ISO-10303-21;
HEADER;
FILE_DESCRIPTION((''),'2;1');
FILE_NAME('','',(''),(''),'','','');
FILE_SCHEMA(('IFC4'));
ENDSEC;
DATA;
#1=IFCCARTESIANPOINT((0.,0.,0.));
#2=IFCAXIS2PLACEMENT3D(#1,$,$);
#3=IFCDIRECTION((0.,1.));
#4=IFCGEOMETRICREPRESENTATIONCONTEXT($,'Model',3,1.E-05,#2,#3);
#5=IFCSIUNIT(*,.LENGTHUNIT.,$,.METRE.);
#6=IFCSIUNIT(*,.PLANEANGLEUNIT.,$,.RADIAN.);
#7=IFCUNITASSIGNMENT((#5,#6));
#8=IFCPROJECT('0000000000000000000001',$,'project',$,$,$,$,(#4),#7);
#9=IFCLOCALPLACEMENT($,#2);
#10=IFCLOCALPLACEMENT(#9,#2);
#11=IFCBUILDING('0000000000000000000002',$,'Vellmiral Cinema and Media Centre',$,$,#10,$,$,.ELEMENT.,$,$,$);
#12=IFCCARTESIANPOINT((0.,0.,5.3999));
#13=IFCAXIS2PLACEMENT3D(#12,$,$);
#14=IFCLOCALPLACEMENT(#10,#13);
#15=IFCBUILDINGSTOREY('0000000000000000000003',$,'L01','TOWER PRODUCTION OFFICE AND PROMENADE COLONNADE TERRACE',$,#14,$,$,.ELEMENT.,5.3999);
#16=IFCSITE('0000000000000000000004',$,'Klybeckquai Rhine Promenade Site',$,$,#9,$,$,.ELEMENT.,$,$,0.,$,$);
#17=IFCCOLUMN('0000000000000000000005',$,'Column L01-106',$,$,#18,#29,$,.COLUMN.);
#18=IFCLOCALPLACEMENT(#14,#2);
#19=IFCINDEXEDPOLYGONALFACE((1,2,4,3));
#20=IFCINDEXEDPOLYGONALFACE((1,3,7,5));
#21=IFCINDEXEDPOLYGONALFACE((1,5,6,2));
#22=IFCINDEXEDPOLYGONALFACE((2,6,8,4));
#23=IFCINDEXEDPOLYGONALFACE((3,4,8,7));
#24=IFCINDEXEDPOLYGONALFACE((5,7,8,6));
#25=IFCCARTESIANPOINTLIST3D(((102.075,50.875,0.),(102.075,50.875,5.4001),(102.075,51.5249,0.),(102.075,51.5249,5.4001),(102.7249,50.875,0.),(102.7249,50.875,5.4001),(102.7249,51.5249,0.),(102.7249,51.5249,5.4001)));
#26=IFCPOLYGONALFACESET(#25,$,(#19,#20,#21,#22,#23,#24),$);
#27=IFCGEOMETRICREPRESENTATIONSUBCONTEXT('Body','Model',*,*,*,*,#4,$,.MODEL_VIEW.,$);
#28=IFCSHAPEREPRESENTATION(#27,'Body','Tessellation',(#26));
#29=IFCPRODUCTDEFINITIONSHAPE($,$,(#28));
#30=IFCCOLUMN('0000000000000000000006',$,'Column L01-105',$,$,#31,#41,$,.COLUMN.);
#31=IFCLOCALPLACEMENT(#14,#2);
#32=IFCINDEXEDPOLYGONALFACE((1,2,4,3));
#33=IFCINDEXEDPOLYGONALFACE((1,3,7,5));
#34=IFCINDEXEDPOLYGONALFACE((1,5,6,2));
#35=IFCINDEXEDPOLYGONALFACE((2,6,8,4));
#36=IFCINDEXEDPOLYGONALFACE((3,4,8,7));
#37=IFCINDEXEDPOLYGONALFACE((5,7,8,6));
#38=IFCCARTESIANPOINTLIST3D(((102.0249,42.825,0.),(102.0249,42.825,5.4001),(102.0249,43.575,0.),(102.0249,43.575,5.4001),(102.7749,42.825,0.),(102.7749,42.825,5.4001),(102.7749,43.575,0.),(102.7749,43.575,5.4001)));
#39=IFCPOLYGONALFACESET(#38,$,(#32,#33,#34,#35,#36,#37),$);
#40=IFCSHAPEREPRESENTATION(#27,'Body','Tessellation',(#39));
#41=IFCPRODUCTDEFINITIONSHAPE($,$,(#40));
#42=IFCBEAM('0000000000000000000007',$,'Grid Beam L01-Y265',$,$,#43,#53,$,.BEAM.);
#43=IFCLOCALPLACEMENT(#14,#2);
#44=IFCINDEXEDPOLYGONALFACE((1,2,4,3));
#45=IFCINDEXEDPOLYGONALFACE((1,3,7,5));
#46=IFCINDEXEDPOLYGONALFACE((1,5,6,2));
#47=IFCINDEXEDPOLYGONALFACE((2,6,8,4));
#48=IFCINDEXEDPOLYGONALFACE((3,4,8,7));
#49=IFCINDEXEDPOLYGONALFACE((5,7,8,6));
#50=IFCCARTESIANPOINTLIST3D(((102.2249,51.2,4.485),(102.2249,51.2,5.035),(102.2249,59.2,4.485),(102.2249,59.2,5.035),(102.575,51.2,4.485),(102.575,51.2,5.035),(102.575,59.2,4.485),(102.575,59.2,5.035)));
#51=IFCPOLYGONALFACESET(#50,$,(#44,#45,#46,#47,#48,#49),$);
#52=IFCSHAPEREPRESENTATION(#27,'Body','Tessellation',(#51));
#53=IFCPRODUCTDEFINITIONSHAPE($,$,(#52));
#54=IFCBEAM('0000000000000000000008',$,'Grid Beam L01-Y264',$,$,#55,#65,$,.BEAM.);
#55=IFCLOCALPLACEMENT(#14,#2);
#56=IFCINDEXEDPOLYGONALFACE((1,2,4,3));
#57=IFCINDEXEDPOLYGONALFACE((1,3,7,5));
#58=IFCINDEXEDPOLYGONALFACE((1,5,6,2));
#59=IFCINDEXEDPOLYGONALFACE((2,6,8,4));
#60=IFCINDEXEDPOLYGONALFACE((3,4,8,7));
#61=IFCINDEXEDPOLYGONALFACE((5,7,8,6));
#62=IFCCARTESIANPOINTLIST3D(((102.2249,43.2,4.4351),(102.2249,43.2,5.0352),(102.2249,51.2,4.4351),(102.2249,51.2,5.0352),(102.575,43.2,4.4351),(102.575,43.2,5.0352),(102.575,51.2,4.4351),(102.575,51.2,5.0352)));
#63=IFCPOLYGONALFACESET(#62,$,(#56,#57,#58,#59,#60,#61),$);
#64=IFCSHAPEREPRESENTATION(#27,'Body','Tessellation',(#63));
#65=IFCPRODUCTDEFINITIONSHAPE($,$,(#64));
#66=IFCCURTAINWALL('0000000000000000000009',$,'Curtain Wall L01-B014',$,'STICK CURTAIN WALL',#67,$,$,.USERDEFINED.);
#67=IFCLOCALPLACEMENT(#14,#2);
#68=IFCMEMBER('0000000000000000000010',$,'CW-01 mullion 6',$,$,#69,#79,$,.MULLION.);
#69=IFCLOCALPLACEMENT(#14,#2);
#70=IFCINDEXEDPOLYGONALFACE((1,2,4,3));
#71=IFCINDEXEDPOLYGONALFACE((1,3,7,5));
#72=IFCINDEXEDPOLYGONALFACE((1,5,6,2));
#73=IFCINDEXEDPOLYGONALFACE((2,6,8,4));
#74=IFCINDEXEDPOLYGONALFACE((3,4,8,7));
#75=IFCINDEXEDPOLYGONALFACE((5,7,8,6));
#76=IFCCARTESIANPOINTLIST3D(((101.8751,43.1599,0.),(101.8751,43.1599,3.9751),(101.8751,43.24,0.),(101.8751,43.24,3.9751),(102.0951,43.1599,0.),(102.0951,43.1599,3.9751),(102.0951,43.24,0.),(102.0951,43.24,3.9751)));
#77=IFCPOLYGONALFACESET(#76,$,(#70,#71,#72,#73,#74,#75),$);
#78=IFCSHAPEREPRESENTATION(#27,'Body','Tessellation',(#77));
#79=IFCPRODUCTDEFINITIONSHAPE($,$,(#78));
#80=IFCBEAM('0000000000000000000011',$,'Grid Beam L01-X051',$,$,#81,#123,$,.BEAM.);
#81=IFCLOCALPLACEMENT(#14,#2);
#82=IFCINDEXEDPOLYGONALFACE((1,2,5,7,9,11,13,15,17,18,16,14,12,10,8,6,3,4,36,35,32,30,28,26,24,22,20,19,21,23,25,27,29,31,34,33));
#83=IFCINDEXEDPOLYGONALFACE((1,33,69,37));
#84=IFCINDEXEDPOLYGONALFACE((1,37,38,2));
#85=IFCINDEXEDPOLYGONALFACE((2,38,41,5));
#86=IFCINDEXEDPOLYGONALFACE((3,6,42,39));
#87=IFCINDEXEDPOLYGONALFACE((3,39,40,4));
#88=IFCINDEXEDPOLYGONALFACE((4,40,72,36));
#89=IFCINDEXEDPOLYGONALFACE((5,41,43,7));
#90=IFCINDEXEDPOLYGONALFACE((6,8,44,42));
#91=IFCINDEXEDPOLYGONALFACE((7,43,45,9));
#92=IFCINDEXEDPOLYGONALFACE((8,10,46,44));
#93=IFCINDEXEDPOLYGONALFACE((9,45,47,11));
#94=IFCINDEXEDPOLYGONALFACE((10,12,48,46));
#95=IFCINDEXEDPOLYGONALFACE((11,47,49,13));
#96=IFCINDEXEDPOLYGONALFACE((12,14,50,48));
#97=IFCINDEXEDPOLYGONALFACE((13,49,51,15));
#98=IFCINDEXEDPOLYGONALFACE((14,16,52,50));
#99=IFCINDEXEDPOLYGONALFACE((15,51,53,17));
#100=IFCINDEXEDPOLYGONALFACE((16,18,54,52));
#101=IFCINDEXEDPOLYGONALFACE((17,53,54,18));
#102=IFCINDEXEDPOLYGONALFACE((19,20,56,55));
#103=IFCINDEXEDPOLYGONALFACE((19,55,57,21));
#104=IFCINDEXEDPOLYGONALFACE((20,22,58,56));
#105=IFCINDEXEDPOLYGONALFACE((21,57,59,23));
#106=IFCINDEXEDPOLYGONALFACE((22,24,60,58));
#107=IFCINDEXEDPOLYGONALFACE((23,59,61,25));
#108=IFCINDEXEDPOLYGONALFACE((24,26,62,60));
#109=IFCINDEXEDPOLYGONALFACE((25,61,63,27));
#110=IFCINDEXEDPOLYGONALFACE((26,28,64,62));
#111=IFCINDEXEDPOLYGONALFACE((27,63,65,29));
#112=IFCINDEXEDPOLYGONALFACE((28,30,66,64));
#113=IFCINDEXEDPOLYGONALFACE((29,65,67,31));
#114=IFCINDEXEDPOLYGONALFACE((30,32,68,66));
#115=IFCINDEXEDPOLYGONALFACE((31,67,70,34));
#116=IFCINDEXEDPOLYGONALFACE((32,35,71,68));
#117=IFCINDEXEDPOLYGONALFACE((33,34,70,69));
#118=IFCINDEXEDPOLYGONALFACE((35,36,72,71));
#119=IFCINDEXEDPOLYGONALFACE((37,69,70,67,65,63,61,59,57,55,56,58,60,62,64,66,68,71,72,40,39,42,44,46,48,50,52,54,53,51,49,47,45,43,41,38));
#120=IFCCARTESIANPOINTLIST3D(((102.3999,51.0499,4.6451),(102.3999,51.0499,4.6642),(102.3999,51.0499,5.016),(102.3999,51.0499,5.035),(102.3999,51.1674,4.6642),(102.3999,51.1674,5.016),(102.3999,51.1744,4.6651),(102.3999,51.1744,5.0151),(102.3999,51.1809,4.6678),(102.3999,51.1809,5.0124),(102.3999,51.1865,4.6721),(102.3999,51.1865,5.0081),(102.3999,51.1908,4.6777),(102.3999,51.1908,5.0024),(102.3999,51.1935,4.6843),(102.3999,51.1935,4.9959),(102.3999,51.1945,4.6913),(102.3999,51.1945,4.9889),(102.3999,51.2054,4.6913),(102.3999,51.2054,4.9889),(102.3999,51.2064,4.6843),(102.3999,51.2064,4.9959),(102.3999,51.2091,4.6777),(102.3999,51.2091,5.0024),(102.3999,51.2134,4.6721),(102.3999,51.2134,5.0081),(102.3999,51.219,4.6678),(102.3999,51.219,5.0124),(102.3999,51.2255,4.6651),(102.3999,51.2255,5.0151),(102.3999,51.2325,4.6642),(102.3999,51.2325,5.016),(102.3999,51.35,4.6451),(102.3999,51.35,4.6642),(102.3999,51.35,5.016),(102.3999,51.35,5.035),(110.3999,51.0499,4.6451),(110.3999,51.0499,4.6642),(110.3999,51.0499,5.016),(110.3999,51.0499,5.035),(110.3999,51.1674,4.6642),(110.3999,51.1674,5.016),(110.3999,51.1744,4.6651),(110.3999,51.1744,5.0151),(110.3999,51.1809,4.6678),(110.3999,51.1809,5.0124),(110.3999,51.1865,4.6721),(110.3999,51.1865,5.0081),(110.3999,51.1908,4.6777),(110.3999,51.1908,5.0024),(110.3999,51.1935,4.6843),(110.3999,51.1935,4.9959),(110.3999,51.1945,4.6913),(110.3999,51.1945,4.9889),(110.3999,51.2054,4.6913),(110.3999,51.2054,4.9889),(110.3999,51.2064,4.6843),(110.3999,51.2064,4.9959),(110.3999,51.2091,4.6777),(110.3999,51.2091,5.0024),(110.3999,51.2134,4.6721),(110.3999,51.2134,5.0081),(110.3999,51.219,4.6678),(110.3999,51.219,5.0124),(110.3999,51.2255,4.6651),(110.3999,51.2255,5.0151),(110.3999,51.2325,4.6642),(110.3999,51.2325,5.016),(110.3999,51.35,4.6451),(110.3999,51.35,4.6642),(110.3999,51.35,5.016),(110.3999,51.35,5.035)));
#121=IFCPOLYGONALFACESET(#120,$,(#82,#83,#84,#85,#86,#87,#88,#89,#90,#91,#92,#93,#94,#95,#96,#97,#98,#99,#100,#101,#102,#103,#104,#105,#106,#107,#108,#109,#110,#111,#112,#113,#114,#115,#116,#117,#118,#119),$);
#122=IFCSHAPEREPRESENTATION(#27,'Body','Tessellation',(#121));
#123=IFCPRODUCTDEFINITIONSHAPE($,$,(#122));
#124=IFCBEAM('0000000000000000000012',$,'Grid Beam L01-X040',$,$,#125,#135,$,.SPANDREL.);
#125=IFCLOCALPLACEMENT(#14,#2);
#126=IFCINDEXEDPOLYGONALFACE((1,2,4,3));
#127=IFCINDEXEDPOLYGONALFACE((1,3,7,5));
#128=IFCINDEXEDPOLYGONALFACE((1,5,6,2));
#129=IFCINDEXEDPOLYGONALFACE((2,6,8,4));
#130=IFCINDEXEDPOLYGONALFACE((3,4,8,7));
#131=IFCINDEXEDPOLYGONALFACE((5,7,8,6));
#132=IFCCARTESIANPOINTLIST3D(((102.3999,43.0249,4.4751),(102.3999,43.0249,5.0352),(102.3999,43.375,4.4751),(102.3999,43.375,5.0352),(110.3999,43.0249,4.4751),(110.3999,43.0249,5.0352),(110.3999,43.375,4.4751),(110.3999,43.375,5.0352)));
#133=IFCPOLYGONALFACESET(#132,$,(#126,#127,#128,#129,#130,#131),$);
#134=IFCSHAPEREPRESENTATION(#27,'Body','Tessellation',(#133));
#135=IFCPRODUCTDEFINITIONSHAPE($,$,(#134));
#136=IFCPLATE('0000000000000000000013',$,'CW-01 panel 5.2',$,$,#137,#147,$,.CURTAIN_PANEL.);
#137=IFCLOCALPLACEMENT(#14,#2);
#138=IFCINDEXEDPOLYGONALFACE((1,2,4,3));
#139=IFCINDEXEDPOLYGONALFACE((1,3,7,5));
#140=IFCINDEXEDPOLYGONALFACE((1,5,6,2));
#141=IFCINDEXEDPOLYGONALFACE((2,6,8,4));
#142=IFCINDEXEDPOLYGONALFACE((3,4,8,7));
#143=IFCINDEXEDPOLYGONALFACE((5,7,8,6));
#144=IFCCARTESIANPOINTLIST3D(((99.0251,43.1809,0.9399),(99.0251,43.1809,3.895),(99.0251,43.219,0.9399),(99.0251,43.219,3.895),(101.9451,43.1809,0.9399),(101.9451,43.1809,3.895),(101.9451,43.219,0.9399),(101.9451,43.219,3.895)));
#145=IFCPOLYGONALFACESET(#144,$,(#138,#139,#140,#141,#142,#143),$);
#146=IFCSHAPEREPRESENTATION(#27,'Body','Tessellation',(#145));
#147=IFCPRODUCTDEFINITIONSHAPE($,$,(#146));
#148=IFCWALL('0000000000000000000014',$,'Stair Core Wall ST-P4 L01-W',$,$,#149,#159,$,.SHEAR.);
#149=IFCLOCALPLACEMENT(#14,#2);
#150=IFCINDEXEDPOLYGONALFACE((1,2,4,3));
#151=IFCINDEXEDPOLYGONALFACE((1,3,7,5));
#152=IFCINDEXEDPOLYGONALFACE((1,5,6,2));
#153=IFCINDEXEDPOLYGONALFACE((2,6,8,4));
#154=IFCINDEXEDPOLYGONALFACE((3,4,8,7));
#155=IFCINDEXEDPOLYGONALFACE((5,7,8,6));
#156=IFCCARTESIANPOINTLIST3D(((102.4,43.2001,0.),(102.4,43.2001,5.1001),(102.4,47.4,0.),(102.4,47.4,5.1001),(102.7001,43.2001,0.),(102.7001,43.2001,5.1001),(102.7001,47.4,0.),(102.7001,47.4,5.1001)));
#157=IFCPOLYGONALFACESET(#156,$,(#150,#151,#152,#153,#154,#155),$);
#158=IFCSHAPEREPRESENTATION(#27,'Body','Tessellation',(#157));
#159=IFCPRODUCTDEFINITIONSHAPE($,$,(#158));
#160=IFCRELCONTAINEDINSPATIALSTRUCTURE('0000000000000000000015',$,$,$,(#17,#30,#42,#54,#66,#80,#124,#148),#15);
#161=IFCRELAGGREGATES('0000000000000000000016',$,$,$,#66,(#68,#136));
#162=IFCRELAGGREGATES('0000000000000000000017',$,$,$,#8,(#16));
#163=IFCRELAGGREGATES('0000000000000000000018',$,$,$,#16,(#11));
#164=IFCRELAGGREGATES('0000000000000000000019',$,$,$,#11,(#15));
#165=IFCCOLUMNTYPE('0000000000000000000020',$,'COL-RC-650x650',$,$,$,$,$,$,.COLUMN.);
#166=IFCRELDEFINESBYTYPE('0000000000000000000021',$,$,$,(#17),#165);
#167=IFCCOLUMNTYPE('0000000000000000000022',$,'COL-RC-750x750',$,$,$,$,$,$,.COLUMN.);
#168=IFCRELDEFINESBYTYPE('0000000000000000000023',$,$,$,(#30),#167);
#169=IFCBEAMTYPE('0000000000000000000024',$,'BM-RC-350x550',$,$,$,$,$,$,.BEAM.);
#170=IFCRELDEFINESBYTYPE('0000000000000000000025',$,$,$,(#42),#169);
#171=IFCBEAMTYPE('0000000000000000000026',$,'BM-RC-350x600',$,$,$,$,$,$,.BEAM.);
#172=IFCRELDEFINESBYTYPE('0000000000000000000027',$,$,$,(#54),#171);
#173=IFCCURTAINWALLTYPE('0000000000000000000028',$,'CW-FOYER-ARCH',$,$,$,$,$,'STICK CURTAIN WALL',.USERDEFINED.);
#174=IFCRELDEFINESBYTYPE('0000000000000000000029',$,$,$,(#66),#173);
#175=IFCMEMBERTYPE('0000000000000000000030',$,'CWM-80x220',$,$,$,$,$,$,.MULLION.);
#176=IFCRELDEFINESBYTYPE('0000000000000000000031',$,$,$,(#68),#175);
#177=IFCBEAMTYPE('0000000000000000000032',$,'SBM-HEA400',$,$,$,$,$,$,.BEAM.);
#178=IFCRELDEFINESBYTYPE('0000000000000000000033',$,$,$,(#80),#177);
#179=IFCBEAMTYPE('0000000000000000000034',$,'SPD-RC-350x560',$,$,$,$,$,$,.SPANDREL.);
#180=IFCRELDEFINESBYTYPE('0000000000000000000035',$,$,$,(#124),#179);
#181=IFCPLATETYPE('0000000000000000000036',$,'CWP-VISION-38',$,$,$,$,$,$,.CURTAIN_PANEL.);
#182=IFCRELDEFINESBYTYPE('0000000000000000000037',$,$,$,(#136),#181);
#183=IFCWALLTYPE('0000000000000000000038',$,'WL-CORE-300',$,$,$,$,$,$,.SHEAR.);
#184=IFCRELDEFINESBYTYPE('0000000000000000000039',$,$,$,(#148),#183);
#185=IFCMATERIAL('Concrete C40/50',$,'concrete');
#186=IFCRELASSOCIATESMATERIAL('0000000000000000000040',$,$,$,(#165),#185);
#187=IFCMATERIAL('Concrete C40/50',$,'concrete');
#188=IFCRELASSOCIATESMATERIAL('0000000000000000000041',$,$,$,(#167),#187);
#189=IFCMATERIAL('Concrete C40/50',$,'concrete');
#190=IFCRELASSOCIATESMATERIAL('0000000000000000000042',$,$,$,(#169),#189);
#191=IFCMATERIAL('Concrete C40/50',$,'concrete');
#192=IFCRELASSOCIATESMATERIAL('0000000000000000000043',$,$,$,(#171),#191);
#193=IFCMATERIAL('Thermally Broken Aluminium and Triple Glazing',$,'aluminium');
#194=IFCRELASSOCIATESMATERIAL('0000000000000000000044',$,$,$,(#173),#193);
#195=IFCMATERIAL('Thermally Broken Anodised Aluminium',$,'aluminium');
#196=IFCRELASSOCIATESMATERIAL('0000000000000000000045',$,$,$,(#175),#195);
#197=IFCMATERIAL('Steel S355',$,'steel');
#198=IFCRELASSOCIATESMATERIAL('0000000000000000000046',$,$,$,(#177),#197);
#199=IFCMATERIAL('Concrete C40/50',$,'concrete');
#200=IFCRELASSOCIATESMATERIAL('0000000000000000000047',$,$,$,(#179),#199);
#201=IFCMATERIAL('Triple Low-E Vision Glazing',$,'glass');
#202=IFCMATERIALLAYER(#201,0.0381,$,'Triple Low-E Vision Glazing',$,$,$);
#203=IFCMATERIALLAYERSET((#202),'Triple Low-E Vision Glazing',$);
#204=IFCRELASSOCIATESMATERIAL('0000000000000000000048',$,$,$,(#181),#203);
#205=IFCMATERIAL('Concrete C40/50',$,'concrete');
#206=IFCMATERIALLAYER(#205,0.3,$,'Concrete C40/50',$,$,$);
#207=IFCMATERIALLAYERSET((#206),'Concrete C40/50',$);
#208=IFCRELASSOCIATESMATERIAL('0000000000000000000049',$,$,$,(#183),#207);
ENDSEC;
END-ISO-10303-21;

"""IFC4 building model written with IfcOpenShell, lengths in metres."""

from ifc_helpers import new_model, si_unit, direction, frame, frame_2d, origin, origin_2d, place, context, subcontext, project, spatial, rectangle, i_section, extrude, material, layer, layer_set, material_profile, profile_set, type_object, element, aggregate, save


model = new_model("IFC4")

# Units and contexts
model_context = context("Model", 3, precision=1e-05, world=origin(), true_north=direction((0.0, 1.0)))
body_context = subcontext(model_context, "Body", "Model", "MODEL_VIEW")
ifc_project = project(units=[si_unit("LENGTHUNIT", "METRE"), si_unit("PLANEANGLEUNIT", "RADIAN")], contexts=[model_context])

# Site, building, storey
site_placement = place(None, origin())
site = spatial("IfcSite", under=ifc_project, at=site_placement, Name="Klybeckquai Rhine Promenade Site", CompositionType="ELEMENT", RefElevation=0.0)
building_placement = place(site_placement, origin())
building = spatial("IfcBuilding", under=site, at=building_placement, Name="Vellmiral Cinema and Media Centre", CompositionType="ELEMENT")
storey_placement = place(building_placement, frame((0.0, 0.0, 5.3999)))
storey = spatial("IfcBuildingStorey", under=building, at=storey_placement, Name="L01", Description="TOWER PRODUCTION OFFICE AND PROMENADE COLONNADE TERRACE", CompositionType="ELEMENT", Elevation=5.3999)

# Columns
ifc_material_1 = material(Name="Concrete C40/50", Category="concrete")
ifc_material_profile_1 = material_profile(ifc_material_1, rectangle(XDim=0.6499, YDim=0.6499, at=origin_2d()), Name="RC 650x650")
ifc_profile_set_1 = profile_set([ifc_material_profile_1], Name="Concrete C40/50")
column_type_1 = type_object("IfcColumnType", Name="COL-RC-650x650", PredefinedType="COLUMN", material=ifc_profile_set_1)
column_1_placement = place(storey_placement, frame((102.3999, 51.2, 0.0), z_axis=(0.0, 0.0, 1.0), x_axis=(1.0, 0.0, 0.0)))
element("IfcColumn", 1, at=column_1_placement, inside=storey, type_object=column_type_1, Name="Column L01-106", PredefinedType="COLUMN", context=body_context, shape_type="SweptSolid", body=[
    extrude(rectangle(XDim=0.6499, YDim=0.6499, at=origin_2d()), origin(), (0.0, 0.0, 1.0), 5.4001),
])
ifc_material_2 = material(Name="Concrete C40/50", Category="concrete")
ifc_material_profile_2 = material_profile(ifc_material_2, rectangle(XDim=0.75, YDim=0.75, at=origin_2d()), Name="RC 750x750")
ifc_profile_set_2 = profile_set([ifc_material_profile_2], Name="Concrete C40/50")
column_type_2 = type_object("IfcColumnType", Name="COL-RC-750x750", PredefinedType="COLUMN", material=ifc_profile_set_2)
column_2_placement = place(storey_placement, frame((102.3999, 43.2, 0.0), z_axis=(0.0, 0.0, 1.0), x_axis=(1.0, 0.0, 0.0)))
element("IfcColumn", 2, at=column_2_placement, inside=storey, type_object=column_type_2, Name="Column L01-105", PredefinedType="COLUMN", context=body_context, shape_type="SweptSolid", body=[
    extrude(rectangle(XDim=0.75, YDim=0.75, at=origin_2d()), origin(), (0.0, 0.0, 1.0), 5.4001),
])

# Beams
ifc_material_3 = material(Name="Concrete C40/50", Category="concrete")
ifc_material_profile_3 = material_profile(ifc_material_3, rectangle(XDim=0.3501, YDim=0.55, at=origin_2d()), Name="RC 350x550")
ifc_profile_set_3 = profile_set([ifc_material_profile_3], Name="Concrete C40/50")
beam_type_1 = type_object("IfcBeamType", Name="BM-RC-350x550", PredefinedType="BEAM", material=ifc_profile_set_3)
beam_1_placement = place(storey_placement, frame((102.3999, 51.2, 4.76), z_axis=(0.0, 1.0, 0.0), x_axis=(-1.0, 0.0, 0.0)))
element("IfcBeam", 3, at=beam_1_placement, inside=storey, type_object=beam_type_1, Name="Grid Beam L01-Y265", PredefinedType="BEAM", context=body_context, shape_type="SweptSolid", body=[
    extrude(rectangle(XDim=0.3501, YDim=0.55, at=origin_2d()), origin(), (0.0, 0.0, 1.0), 8.0),
])
ifc_material_4 = material(Name="Concrete C40/50", Category="concrete")
ifc_material_profile_4 = material_profile(ifc_material_4, rectangle(XDim=0.3501, YDim=0.6001, at=origin_2d()), Name="RC 350x600")
ifc_profile_set_4 = profile_set([ifc_material_profile_4], Name="Concrete C40/50")
beam_type_2 = type_object("IfcBeamType", Name="BM-RC-350x600", PredefinedType="BEAM", material=ifc_profile_set_4)
beam_2_placement = place(storey_placement, frame((102.3999, 43.2, 4.7351), z_axis=(0.0, 1.0, 0.0), x_axis=(-1.0, 0.0, 0.0)))
element("IfcBeam", 4, at=beam_2_placement, inside=storey, type_object=beam_type_2, Name="Grid Beam L01-Y264", PredefinedType="BEAM", context=body_context, shape_type="SweptSolid", body=[
    extrude(rectangle(XDim=0.3501, YDim=0.6001, at=origin_2d()), origin(), (0.0, 0.0, 1.0), 8.0),
])

# Curtain wall, member
ifc_material_5 = material(Name="Thermally Broken Aluminium and Triple Glazing", Category="aluminium")
curtain_wall_type = type_object("IfcCurtainWallType", Name="CW-FOYER-ARCH", ElementType="STICK CURTAIN WALL", PredefinedType="USERDEFINED", material=ifc_material_5)
curtain_wall_placement = place(storey_placement, origin())
curtain_wall = element("IfcCurtainWall", 5, at=curtain_wall_placement, inside=storey, type_object=curtain_wall_type, Name="Curtain Wall L01-B014", ObjectType="STICK CURTAIN WALL", PredefinedType="USERDEFINED")
ifc_material_6 = material(Name="Thermally Broken Anodised Aluminium", Category="aluminium")
ifc_material_profile_5 = material_profile(ifc_material_6, rectangle(XDim=0.0801, YDim=0.22, at=origin_2d()), Name="MULL 80x220")
ifc_profile_set_5 = profile_set([ifc_material_profile_5], Name="Thermally Broken Anodised Aluminium")
member_type = type_object("IfcMemberType", Name="CWM-80x220", PredefinedType="MULLION", material=ifc_profile_set_5)
member_placement = place(storey_placement, frame((101.9851, 43.2, 0.0), z_axis=(0.0, 0.0, 1.0), x_axis=(0.0, 1.0, 0.0)))
member = element("IfcMember", 6, at=member_placement, type_object=member_type, Name="CW-01 mullion 6", PredefinedType="MULLION", context=body_context, shape_type="SweptSolid", body=[
    extrude(rectangle(XDim=0.0801, YDim=0.22, at=origin_2d()), origin(), (0.0, 0.0, 1.0), 3.9751),
])

# Beams
ifc_material_7 = material(Name="Steel S355", Category="steel")
ifc_material_profile_6 = material_profile(ifc_material_7, i_section(OverallWidth=0.3, OverallDepth=0.3899, WebThickness=0.011, FlangeThickness=0.019, FilletRadius=0.0271, at=origin_2d()), Name="HEA 400")
ifc_profile_set_6 = profile_set([ifc_material_profile_6], Name="Steel S355")
beam_type_3 = type_object("IfcBeamType", Name="SBM-HEA400", PredefinedType="BEAM", material=ifc_profile_set_6)
beam_3_placement = place(storey_placement, frame((102.3999, 51.2, 4.8401), z_axis=(1.0, 0.0, 0.0), x_axis=(0.0, 1.0, 0.0)))
element("IfcBeam", 7, at=beam_3_placement, inside=storey, type_object=beam_type_3, Name="Grid Beam L01-X051", PredefinedType="BEAM", context=body_context, shape_type="SweptSolid", body=[
    extrude(i_section(OverallWidth=0.3, OverallDepth=0.3899, WebThickness=0.011, FlangeThickness=0.019, FilletRadius=0.0271, at=origin_2d()), origin(), (0.0, 0.0, 1.0), 8.0),
])
ifc_material_8 = material(Name="Concrete C40/50", Category="concrete")
ifc_material_profile_7 = material_profile(ifc_material_8, rectangle(XDim=0.3501, YDim=0.5601, at=origin_2d()), Name="RC 350x560")
ifc_profile_set_7 = profile_set([ifc_material_profile_7], Name="Concrete C40/50")
beam_type_4 = type_object("IfcBeamType", Name="SPD-RC-350x560", PredefinedType="SPANDREL", material=ifc_profile_set_7)
beam_4_placement = place(storey_placement, frame((102.3999, 43.2, 4.7551), z_axis=(1.0, 0.0, 0.0), x_axis=(0.0, 1.0, 0.0)))
element("IfcBeam", 8, at=beam_4_placement, inside=storey, type_object=beam_type_4, Name="Grid Beam L01-X040", PredefinedType="SPANDREL", context=body_context, shape_type="SweptSolid", body=[
    extrude(rectangle(XDim=0.3501, YDim=0.5601, at=origin_2d()), origin(), (0.0, 0.0, 1.0), 8.0),
])

# Plate
ifc_material_9 = material(Name="Triple Low-E Vision Glazing", Category="glass")
ifc_layer_1 = layer(ifc_material_9, 0.0381, Name="Triple Low-E Vision Glazing")
ifc_layer_set_1 = layer_set([ifc_layer_1], Name="Triple Low-E Vision Glazing")
plate_type = type_object("IfcPlateType", Name="CWP-VISION-38", PredefinedType="CURTAIN_PANEL", material=ifc_layer_set_1)
plate_placement = place(storey_placement, frame((100.4851, 43.2, 0.9399), z_axis=(0.0, 0.0, 1.0), x_axis=(1.0, 0.0, 0.0)))
plate = element("IfcPlate", 9, at=plate_placement, type_object=plate_type, Name="CW-01 panel 5.2", PredefinedType="CURTAIN_PANEL", context=body_context, shape_type="SweptSolid", body=[
    extrude(rectangle(XDim=2.9199, YDim=0.0381, at=origin_2d()), origin(), (0.0, 0.0, 1.0), 2.9551),
])
aggregate(curtain_wall, [member, plate])

# Wall
ifc_material_10 = material(Name="Concrete C40/50", Category="concrete")
ifc_layer_2 = layer(ifc_material_10, 0.3, Name="Concrete C40/50")
ifc_layer_set_2 = layer_set([ifc_layer_2], Name="Concrete C40/50")
wall_type_1 = type_object("IfcWallType", Name="WL-CORE-300", PredefinedType="SHEAR", material=ifc_layer_set_2)
wall_1_placement = place(storey_placement, frame((102.55, 43.2, 0.0), z_axis=(0.0, 0.0, 1.0), x_axis=(0.0, 1.0, 0.0)))
element("IfcWall", 10, at=wall_1_placement, inside=storey, type_object=wall_type_1, Name="Stair Core Wall ST-P4 L01-W", PredefinedType="SHEAR", context=body_context, shape_type="SweptSolid", body=[
    extrude(rectangle(XDim=4.2, YDim=0.3, at=frame_2d((2.1001, 0.0))), origin(), (0.0, 0.0, 1.0), 5.1001),
])

save(model, "model.ifc")
